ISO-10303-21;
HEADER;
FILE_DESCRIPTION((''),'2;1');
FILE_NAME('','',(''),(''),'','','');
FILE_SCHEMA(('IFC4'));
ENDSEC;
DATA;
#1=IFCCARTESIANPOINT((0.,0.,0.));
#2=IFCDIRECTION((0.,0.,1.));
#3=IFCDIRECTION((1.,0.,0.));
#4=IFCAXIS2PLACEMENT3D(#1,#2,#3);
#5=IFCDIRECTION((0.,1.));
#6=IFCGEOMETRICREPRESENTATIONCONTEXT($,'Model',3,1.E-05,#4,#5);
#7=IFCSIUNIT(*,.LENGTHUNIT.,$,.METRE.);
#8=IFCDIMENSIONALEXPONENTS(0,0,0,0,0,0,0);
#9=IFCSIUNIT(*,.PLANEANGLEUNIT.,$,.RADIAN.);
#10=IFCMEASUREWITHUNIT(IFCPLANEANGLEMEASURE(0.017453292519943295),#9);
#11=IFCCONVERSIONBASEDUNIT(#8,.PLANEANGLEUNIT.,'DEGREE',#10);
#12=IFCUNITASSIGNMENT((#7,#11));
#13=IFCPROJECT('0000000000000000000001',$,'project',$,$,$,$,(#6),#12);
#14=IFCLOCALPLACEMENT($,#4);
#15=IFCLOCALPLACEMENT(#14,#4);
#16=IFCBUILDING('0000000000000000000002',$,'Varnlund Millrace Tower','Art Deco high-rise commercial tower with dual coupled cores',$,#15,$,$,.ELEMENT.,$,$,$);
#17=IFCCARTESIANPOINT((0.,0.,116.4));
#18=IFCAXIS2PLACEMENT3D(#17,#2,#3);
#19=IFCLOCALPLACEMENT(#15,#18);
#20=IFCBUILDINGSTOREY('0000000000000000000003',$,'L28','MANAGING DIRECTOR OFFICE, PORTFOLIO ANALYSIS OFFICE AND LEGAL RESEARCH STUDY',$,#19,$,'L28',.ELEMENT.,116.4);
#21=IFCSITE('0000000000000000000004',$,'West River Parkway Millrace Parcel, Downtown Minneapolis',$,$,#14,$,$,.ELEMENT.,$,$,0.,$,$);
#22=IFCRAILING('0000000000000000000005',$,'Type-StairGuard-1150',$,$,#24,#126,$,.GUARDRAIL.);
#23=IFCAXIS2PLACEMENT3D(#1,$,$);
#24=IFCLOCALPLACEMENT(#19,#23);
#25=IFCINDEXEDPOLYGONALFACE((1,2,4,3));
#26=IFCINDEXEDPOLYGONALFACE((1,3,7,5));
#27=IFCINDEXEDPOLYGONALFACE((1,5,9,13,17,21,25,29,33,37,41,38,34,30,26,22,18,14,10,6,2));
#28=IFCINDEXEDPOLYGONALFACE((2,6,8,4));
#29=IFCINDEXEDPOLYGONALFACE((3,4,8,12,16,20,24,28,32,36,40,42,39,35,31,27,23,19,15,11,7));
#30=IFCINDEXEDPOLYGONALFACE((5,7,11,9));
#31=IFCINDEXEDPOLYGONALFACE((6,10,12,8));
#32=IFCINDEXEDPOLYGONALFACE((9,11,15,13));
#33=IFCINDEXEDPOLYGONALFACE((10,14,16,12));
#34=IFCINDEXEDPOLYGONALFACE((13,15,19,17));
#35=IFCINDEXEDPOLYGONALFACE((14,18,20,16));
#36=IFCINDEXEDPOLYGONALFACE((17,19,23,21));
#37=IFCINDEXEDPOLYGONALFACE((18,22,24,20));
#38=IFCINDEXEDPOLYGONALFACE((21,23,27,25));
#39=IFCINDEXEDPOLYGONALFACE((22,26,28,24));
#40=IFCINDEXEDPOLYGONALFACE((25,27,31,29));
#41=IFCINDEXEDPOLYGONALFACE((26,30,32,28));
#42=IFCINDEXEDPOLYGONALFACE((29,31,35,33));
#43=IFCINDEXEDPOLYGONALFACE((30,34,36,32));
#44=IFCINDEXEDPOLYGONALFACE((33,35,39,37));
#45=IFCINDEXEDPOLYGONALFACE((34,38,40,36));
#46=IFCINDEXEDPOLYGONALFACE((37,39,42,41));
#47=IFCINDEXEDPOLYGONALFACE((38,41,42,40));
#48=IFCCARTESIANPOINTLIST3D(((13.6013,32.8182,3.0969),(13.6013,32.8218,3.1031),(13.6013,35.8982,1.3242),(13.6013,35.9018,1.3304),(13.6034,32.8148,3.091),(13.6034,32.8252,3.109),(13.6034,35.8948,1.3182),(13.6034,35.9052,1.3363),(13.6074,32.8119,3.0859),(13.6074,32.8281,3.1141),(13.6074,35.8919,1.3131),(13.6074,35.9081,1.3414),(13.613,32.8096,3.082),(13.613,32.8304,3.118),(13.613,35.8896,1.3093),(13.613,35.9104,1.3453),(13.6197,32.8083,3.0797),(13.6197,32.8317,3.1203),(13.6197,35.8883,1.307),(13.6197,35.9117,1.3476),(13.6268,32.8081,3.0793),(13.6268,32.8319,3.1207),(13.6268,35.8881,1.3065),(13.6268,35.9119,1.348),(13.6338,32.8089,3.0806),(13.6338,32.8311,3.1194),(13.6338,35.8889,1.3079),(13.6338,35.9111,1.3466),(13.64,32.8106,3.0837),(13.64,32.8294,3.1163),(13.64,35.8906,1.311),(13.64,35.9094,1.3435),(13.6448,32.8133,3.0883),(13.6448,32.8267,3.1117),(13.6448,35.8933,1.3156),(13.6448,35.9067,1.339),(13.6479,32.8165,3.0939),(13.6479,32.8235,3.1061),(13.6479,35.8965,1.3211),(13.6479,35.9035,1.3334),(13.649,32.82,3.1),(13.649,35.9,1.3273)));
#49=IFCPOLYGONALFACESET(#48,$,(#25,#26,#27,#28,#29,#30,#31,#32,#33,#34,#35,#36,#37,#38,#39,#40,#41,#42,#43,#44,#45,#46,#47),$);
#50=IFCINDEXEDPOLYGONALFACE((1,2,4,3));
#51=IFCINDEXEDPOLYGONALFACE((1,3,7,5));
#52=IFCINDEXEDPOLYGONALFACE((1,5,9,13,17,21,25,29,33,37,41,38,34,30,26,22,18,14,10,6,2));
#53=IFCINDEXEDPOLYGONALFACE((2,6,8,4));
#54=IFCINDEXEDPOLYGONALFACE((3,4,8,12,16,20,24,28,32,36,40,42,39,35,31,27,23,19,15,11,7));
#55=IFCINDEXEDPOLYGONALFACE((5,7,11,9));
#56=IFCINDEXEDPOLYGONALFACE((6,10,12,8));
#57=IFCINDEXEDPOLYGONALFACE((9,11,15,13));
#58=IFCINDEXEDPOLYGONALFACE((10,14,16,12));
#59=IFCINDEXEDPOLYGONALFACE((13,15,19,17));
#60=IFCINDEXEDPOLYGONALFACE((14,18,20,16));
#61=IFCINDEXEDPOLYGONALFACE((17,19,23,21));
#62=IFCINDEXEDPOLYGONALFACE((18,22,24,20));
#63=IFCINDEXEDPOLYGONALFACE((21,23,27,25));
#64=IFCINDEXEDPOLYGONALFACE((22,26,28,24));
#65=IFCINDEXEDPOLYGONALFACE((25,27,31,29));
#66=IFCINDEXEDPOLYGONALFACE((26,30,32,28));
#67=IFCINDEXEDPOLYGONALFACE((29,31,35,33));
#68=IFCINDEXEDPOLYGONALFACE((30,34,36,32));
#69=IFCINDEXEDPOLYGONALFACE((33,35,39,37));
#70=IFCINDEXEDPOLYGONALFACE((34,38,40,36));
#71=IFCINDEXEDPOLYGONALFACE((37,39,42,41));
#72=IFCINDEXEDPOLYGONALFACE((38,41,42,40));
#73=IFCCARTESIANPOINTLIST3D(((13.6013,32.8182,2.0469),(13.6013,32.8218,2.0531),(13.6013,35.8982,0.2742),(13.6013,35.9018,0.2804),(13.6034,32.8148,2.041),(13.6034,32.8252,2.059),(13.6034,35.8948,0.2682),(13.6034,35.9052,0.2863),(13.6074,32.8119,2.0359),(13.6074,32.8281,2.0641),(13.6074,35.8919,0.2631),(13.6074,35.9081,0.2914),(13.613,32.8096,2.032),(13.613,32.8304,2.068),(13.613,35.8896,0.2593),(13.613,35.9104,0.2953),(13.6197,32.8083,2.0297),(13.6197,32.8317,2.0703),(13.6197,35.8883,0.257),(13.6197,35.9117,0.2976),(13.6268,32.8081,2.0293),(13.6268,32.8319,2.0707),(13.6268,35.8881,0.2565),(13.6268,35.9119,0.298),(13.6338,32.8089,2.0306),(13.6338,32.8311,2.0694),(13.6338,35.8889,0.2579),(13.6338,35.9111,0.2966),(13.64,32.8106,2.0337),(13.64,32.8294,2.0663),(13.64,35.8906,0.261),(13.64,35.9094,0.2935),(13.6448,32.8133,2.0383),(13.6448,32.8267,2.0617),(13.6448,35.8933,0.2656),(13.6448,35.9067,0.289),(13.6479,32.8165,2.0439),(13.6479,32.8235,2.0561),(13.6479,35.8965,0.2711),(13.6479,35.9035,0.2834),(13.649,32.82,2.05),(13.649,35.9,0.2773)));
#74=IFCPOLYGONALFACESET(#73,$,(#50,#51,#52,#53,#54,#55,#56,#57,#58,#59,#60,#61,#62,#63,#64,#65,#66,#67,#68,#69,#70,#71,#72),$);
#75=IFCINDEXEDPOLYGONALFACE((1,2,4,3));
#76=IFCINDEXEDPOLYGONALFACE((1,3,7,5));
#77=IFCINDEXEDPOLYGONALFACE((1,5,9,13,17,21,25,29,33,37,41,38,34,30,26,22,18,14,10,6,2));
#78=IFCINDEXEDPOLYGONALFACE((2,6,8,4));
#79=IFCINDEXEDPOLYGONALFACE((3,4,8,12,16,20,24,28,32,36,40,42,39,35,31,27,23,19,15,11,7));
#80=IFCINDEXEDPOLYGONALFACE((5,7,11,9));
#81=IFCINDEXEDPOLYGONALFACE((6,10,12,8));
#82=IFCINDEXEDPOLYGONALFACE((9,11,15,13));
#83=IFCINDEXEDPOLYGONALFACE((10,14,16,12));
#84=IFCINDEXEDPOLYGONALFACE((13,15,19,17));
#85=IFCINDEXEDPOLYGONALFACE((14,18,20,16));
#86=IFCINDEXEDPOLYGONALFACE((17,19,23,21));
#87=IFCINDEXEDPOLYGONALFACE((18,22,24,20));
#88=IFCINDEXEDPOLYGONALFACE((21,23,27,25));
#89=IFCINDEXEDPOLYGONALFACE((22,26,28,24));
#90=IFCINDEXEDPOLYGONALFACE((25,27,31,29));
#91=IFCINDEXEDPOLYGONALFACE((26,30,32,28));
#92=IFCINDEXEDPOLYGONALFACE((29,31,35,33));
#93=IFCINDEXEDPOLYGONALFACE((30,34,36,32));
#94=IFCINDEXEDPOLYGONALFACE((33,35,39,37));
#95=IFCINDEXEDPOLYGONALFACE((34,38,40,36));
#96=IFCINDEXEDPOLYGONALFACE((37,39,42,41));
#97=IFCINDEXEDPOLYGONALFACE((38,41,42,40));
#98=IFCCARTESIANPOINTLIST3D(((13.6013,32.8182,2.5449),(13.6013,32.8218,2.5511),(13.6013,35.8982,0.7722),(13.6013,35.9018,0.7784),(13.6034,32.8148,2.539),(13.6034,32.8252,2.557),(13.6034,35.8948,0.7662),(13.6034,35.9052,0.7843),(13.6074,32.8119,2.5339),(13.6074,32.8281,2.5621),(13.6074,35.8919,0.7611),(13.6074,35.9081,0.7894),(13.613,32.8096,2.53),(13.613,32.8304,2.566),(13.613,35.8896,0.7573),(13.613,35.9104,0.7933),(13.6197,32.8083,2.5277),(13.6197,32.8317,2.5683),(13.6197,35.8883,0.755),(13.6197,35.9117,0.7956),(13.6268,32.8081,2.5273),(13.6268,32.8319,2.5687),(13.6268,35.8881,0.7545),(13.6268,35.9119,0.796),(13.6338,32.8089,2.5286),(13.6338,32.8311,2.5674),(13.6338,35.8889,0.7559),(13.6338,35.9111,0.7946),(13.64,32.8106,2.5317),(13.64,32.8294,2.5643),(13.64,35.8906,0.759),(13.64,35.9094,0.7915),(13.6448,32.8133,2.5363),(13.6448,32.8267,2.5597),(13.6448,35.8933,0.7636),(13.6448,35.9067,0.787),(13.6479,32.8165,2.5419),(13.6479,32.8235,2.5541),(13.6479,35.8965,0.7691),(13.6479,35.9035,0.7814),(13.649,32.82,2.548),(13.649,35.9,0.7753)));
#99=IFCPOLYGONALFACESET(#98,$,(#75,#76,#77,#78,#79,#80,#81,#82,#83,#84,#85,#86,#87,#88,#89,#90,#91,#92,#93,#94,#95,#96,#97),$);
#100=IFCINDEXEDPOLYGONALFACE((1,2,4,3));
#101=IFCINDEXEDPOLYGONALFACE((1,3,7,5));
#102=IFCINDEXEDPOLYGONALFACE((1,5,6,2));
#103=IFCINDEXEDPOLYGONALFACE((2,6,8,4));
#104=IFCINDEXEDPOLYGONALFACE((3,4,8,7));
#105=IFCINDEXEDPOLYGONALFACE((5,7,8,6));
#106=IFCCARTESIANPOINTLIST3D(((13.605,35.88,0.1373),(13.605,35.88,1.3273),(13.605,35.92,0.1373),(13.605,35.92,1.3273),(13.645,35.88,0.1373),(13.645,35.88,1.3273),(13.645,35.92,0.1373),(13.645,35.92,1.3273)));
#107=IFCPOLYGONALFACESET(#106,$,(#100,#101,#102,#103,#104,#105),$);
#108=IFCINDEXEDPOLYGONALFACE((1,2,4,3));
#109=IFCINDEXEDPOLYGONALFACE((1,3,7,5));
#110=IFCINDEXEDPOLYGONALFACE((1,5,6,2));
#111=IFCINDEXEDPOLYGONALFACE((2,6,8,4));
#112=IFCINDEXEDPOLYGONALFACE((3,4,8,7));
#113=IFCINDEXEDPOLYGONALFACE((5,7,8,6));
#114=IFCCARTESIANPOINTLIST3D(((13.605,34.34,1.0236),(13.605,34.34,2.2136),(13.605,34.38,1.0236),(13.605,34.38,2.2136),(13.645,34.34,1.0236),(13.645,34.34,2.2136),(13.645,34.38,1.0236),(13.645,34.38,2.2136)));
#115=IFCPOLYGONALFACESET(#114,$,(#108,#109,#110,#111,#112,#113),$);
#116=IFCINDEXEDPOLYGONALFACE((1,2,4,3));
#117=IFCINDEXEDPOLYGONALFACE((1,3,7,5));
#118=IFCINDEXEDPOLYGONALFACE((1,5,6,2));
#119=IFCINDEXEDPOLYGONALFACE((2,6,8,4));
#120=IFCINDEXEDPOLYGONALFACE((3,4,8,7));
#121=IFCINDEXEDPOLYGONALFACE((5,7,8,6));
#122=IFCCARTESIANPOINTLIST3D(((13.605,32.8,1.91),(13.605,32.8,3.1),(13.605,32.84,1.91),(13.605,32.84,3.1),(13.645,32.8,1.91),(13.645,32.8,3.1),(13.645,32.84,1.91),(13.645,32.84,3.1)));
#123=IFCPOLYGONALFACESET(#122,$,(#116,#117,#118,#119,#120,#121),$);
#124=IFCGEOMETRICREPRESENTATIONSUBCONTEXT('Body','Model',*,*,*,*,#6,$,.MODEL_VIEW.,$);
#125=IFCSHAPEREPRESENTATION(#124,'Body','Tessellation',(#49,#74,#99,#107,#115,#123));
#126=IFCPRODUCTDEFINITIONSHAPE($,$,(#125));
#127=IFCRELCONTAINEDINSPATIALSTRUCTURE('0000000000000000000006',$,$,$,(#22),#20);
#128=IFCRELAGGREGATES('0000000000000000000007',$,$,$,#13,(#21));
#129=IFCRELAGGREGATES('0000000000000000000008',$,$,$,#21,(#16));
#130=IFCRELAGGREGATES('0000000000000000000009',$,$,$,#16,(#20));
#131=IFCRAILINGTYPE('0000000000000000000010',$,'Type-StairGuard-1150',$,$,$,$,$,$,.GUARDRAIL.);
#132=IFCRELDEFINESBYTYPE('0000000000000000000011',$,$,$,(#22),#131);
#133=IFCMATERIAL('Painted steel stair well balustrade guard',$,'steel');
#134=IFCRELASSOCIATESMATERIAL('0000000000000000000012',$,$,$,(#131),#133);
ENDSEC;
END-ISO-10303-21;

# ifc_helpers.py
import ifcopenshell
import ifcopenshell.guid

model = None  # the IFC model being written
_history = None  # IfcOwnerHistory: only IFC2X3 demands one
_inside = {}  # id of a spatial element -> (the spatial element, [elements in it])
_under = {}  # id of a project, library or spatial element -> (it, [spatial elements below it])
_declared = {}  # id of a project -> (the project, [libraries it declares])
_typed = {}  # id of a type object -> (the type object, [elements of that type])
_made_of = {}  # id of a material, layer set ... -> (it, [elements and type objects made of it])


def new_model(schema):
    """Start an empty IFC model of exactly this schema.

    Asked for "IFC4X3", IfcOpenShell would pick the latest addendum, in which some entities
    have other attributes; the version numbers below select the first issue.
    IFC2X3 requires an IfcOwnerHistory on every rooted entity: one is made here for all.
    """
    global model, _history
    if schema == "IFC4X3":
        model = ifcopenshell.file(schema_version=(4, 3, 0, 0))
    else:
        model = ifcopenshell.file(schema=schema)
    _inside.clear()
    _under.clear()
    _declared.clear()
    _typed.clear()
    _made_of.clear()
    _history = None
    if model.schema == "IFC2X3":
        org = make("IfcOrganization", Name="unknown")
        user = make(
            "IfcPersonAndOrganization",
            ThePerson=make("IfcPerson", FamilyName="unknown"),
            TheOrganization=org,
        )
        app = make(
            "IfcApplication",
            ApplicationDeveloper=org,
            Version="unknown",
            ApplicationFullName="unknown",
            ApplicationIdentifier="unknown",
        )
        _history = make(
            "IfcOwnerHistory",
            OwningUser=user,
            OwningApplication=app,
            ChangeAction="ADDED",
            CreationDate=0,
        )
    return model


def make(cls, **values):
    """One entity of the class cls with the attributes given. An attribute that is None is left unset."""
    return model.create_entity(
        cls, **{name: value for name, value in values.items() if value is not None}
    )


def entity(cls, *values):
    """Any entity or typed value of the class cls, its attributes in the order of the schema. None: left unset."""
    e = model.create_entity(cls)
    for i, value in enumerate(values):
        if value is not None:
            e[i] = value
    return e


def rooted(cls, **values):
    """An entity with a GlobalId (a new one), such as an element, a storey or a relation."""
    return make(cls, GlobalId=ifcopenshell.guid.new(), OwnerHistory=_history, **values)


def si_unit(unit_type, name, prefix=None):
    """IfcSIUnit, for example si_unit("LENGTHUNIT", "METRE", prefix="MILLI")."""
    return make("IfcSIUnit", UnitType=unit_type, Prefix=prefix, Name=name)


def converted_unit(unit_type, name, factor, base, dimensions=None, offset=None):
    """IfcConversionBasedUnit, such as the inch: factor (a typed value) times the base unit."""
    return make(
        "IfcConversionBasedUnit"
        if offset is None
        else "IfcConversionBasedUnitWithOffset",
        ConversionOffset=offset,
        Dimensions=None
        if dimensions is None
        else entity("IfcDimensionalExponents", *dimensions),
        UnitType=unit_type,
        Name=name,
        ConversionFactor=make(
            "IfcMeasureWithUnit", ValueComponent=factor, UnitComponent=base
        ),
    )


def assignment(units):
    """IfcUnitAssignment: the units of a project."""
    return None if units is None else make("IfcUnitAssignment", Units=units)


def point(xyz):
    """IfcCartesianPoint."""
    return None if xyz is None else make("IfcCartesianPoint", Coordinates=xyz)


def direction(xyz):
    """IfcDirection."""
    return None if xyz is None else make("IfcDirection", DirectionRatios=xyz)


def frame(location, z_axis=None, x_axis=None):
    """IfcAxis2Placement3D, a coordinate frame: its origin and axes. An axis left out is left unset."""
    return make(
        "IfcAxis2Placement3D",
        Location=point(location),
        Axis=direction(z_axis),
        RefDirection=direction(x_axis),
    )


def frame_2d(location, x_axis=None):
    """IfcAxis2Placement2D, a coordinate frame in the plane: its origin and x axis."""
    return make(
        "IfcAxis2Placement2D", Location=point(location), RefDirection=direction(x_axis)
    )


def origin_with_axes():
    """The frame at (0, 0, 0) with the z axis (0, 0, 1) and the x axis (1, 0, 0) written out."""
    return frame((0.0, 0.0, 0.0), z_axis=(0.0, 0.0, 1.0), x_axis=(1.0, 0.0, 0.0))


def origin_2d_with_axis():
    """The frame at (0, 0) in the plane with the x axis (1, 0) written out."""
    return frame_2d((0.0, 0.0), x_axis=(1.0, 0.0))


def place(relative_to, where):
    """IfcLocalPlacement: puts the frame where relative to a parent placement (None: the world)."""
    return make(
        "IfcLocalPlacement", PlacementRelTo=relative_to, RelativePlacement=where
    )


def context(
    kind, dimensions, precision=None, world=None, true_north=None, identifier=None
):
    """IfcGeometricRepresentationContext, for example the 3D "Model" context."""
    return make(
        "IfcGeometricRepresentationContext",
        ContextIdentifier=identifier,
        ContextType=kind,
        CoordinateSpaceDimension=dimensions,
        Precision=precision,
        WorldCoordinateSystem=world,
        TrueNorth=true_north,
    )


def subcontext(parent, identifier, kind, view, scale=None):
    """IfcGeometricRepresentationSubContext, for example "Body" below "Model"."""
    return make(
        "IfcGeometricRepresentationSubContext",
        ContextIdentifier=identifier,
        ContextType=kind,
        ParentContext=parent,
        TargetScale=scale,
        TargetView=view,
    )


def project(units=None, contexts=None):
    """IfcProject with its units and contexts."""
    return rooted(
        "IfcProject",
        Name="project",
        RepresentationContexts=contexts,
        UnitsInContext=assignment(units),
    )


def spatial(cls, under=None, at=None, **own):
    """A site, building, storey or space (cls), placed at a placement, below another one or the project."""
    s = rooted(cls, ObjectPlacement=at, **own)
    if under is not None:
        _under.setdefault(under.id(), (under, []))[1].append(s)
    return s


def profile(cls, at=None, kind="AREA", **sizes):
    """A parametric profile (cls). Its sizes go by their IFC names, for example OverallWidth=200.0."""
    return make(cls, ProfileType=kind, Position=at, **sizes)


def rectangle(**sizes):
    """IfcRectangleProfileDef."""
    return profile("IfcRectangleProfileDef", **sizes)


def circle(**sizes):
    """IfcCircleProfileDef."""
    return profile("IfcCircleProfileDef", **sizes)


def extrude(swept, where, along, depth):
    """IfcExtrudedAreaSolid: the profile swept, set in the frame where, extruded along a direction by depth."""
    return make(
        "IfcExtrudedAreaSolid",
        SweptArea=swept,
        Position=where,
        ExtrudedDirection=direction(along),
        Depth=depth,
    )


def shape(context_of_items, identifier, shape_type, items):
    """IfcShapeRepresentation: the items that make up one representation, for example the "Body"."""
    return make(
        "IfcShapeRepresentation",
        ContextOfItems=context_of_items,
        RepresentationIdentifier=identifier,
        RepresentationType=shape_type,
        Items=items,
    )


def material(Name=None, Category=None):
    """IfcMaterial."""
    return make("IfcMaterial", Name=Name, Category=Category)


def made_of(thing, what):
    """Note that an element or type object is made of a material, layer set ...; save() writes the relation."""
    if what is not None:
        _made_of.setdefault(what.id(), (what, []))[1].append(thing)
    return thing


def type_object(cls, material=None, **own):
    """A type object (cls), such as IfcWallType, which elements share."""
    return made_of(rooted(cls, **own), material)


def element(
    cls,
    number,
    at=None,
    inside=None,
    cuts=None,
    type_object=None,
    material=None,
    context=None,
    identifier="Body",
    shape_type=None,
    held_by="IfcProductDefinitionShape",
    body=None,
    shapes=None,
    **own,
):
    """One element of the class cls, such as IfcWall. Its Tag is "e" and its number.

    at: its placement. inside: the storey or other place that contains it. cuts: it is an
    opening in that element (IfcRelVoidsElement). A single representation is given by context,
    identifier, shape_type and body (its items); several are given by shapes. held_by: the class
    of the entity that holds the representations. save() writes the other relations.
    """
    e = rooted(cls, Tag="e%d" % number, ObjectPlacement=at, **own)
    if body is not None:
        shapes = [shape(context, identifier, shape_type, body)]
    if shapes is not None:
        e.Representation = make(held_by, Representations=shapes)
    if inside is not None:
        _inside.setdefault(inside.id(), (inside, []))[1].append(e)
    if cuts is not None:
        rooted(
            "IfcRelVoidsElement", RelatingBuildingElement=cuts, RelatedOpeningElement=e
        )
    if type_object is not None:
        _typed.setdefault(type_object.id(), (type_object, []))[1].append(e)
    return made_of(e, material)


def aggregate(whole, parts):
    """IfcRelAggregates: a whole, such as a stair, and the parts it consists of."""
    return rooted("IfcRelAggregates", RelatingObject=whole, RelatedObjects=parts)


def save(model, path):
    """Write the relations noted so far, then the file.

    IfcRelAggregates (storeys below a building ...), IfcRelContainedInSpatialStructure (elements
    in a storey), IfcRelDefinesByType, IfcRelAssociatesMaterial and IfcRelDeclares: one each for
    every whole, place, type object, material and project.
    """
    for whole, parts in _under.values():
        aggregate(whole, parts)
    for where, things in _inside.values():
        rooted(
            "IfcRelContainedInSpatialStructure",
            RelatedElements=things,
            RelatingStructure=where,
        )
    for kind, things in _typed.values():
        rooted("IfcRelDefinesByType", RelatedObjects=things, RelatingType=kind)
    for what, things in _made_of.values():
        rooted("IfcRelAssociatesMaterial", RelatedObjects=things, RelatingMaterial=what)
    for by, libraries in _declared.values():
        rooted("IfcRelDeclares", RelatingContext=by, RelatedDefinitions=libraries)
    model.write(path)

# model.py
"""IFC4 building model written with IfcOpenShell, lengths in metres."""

from ifc_helpers import new_model, entity, si_unit, converted_unit, direction, frame, origin_with_axes, origin_2d_with_axis, place, context, subcontext, project, spatial, rectangle, circle, extrude, material, type_object, element, save


model = new_model("IFC4")

# Units and contexts
model_context = context("Model", 3, precision=1e-05, world=origin_with_axes(), true_north=direction((0.0, 1.0)))
body_context = subcontext(model_context, "Body", "Model", "MODEL_VIEW")
ifc_project = project(units=[si_unit("LENGTHUNIT", "METRE"), converted_unit("PLANEANGLEUNIT", "DEGREE", entity("IfcPlaneAngleMeasure", 0.017453292519943295), si_unit("PLANEANGLEUNIT", "RADIAN"), dimensions=[0, 0, 0, 0, 0, 0, 0])], contexts=[model_context])

# Site, building, storey
site_placement = place(None, origin_with_axes())
site = spatial("IfcSite", under=ifc_project, at=site_placement, Name="West River Parkway Millrace Parcel, Downtown Minneapolis", CompositionType="ELEMENT", RefElevation=0.0)
building_placement = place(site_placement, origin_with_axes())
building = spatial("IfcBuilding", under=site, at=building_placement, Name="Varnlund Millrace Tower", Description="Art Deco high-rise commercial tower with dual coupled cores", CompositionType="ELEMENT")
storey_placement = place(building_placement, frame((0.0, 0.0, 116.4), z_axis=(0.0, 0.0, 1.0), x_axis=(1.0, 0.0, 0.0)))
storey = spatial("IfcBuildingStorey", under=building, at=storey_placement, Name="L28", Description="MANAGING DIRECTOR OFFICE, PORTFOLIO ANALYSIS OFFICE AND LEGAL RESEARCH STUDY", LongName="L28", CompositionType="ELEMENT", Elevation=116.4)

# Railing
ifc_material_1 = material(Name="Painted steel stair well balustrade guard", Category="steel")
railing_type_1 = type_object("IfcRailingType", Name="Type-StairGuard-1150", PredefinedType="GUARDRAIL", material=ifc_material_1)
railing_1_placement = place(storey_placement, frame((0.0, 0.0, -116.4), z_axis=(0.0, 0.0, 1.0), x_axis=(1.0, 0.0, 0.0)))
element("IfcRailing", 1, at=railing_1_placement, inside=storey, type_object=railing_type_1, Name="Type-StairGuard-1150", PredefinedType="GUARDRAIL", context=body_context, shape_type="SweptSolid", body=[
    extrude(circle(Radius=0.024, at=origin_2d_with_axis()), frame((13.625, 35.9, 117.7273), z_axis=(0.0, -0.866696, 0.498836), x_axis=(1.0, 0.0, 0.0)), (0.0, 0.0, 1.0), 3.5537),
    extrude(circle(Radius=0.024, at=origin_2d_with_axis()), frame((13.625, 35.9, 116.6773), z_axis=(0.0, -0.866696, 0.498836), x_axis=(1.0, 0.0, 0.0)), (0.0, 0.0, 1.0), 3.5537),
    extrude(circle(Radius=0.024, at=origin_2d_with_axis()), frame((13.625, 35.9, 117.1753), z_axis=(0.0, -0.866696, 0.498836), x_axis=(1.0, 0.0, 0.0)), (0.0, 0.0, 1.0), 3.5537),
    extrude(rectangle(XDim=0.04, YDim=0.04, at=origin_2d_with_axis()), frame((13.625, 35.9, 116.5373), z_axis=(0.0, 0.0, 1.0), x_axis=(1.0, 0.0, 0.0)), (0.0, 0.0, 1.0), 1.19),
    extrude(rectangle(XDim=0.04, YDim=0.04, at=origin_2d_with_axis()), frame((13.625, 34.36, 117.4236), z_axis=(0.0, 0.0, 1.0), x_axis=(1.0, 0.0, 0.0)), (0.0, 0.0, 1.0), 1.19),
    extrude(rectangle(XDim=0.04, YDim=0.04, at=origin_2d_with_axis()), frame((13.625, 32.82, 118.31), z_axis=(0.0, 0.0, 1.0), x_axis=(1.0, 0.0, 0.0)), (0.0, 0.0, 1.0), 1.19),
])

save(model, "model.ifc")
